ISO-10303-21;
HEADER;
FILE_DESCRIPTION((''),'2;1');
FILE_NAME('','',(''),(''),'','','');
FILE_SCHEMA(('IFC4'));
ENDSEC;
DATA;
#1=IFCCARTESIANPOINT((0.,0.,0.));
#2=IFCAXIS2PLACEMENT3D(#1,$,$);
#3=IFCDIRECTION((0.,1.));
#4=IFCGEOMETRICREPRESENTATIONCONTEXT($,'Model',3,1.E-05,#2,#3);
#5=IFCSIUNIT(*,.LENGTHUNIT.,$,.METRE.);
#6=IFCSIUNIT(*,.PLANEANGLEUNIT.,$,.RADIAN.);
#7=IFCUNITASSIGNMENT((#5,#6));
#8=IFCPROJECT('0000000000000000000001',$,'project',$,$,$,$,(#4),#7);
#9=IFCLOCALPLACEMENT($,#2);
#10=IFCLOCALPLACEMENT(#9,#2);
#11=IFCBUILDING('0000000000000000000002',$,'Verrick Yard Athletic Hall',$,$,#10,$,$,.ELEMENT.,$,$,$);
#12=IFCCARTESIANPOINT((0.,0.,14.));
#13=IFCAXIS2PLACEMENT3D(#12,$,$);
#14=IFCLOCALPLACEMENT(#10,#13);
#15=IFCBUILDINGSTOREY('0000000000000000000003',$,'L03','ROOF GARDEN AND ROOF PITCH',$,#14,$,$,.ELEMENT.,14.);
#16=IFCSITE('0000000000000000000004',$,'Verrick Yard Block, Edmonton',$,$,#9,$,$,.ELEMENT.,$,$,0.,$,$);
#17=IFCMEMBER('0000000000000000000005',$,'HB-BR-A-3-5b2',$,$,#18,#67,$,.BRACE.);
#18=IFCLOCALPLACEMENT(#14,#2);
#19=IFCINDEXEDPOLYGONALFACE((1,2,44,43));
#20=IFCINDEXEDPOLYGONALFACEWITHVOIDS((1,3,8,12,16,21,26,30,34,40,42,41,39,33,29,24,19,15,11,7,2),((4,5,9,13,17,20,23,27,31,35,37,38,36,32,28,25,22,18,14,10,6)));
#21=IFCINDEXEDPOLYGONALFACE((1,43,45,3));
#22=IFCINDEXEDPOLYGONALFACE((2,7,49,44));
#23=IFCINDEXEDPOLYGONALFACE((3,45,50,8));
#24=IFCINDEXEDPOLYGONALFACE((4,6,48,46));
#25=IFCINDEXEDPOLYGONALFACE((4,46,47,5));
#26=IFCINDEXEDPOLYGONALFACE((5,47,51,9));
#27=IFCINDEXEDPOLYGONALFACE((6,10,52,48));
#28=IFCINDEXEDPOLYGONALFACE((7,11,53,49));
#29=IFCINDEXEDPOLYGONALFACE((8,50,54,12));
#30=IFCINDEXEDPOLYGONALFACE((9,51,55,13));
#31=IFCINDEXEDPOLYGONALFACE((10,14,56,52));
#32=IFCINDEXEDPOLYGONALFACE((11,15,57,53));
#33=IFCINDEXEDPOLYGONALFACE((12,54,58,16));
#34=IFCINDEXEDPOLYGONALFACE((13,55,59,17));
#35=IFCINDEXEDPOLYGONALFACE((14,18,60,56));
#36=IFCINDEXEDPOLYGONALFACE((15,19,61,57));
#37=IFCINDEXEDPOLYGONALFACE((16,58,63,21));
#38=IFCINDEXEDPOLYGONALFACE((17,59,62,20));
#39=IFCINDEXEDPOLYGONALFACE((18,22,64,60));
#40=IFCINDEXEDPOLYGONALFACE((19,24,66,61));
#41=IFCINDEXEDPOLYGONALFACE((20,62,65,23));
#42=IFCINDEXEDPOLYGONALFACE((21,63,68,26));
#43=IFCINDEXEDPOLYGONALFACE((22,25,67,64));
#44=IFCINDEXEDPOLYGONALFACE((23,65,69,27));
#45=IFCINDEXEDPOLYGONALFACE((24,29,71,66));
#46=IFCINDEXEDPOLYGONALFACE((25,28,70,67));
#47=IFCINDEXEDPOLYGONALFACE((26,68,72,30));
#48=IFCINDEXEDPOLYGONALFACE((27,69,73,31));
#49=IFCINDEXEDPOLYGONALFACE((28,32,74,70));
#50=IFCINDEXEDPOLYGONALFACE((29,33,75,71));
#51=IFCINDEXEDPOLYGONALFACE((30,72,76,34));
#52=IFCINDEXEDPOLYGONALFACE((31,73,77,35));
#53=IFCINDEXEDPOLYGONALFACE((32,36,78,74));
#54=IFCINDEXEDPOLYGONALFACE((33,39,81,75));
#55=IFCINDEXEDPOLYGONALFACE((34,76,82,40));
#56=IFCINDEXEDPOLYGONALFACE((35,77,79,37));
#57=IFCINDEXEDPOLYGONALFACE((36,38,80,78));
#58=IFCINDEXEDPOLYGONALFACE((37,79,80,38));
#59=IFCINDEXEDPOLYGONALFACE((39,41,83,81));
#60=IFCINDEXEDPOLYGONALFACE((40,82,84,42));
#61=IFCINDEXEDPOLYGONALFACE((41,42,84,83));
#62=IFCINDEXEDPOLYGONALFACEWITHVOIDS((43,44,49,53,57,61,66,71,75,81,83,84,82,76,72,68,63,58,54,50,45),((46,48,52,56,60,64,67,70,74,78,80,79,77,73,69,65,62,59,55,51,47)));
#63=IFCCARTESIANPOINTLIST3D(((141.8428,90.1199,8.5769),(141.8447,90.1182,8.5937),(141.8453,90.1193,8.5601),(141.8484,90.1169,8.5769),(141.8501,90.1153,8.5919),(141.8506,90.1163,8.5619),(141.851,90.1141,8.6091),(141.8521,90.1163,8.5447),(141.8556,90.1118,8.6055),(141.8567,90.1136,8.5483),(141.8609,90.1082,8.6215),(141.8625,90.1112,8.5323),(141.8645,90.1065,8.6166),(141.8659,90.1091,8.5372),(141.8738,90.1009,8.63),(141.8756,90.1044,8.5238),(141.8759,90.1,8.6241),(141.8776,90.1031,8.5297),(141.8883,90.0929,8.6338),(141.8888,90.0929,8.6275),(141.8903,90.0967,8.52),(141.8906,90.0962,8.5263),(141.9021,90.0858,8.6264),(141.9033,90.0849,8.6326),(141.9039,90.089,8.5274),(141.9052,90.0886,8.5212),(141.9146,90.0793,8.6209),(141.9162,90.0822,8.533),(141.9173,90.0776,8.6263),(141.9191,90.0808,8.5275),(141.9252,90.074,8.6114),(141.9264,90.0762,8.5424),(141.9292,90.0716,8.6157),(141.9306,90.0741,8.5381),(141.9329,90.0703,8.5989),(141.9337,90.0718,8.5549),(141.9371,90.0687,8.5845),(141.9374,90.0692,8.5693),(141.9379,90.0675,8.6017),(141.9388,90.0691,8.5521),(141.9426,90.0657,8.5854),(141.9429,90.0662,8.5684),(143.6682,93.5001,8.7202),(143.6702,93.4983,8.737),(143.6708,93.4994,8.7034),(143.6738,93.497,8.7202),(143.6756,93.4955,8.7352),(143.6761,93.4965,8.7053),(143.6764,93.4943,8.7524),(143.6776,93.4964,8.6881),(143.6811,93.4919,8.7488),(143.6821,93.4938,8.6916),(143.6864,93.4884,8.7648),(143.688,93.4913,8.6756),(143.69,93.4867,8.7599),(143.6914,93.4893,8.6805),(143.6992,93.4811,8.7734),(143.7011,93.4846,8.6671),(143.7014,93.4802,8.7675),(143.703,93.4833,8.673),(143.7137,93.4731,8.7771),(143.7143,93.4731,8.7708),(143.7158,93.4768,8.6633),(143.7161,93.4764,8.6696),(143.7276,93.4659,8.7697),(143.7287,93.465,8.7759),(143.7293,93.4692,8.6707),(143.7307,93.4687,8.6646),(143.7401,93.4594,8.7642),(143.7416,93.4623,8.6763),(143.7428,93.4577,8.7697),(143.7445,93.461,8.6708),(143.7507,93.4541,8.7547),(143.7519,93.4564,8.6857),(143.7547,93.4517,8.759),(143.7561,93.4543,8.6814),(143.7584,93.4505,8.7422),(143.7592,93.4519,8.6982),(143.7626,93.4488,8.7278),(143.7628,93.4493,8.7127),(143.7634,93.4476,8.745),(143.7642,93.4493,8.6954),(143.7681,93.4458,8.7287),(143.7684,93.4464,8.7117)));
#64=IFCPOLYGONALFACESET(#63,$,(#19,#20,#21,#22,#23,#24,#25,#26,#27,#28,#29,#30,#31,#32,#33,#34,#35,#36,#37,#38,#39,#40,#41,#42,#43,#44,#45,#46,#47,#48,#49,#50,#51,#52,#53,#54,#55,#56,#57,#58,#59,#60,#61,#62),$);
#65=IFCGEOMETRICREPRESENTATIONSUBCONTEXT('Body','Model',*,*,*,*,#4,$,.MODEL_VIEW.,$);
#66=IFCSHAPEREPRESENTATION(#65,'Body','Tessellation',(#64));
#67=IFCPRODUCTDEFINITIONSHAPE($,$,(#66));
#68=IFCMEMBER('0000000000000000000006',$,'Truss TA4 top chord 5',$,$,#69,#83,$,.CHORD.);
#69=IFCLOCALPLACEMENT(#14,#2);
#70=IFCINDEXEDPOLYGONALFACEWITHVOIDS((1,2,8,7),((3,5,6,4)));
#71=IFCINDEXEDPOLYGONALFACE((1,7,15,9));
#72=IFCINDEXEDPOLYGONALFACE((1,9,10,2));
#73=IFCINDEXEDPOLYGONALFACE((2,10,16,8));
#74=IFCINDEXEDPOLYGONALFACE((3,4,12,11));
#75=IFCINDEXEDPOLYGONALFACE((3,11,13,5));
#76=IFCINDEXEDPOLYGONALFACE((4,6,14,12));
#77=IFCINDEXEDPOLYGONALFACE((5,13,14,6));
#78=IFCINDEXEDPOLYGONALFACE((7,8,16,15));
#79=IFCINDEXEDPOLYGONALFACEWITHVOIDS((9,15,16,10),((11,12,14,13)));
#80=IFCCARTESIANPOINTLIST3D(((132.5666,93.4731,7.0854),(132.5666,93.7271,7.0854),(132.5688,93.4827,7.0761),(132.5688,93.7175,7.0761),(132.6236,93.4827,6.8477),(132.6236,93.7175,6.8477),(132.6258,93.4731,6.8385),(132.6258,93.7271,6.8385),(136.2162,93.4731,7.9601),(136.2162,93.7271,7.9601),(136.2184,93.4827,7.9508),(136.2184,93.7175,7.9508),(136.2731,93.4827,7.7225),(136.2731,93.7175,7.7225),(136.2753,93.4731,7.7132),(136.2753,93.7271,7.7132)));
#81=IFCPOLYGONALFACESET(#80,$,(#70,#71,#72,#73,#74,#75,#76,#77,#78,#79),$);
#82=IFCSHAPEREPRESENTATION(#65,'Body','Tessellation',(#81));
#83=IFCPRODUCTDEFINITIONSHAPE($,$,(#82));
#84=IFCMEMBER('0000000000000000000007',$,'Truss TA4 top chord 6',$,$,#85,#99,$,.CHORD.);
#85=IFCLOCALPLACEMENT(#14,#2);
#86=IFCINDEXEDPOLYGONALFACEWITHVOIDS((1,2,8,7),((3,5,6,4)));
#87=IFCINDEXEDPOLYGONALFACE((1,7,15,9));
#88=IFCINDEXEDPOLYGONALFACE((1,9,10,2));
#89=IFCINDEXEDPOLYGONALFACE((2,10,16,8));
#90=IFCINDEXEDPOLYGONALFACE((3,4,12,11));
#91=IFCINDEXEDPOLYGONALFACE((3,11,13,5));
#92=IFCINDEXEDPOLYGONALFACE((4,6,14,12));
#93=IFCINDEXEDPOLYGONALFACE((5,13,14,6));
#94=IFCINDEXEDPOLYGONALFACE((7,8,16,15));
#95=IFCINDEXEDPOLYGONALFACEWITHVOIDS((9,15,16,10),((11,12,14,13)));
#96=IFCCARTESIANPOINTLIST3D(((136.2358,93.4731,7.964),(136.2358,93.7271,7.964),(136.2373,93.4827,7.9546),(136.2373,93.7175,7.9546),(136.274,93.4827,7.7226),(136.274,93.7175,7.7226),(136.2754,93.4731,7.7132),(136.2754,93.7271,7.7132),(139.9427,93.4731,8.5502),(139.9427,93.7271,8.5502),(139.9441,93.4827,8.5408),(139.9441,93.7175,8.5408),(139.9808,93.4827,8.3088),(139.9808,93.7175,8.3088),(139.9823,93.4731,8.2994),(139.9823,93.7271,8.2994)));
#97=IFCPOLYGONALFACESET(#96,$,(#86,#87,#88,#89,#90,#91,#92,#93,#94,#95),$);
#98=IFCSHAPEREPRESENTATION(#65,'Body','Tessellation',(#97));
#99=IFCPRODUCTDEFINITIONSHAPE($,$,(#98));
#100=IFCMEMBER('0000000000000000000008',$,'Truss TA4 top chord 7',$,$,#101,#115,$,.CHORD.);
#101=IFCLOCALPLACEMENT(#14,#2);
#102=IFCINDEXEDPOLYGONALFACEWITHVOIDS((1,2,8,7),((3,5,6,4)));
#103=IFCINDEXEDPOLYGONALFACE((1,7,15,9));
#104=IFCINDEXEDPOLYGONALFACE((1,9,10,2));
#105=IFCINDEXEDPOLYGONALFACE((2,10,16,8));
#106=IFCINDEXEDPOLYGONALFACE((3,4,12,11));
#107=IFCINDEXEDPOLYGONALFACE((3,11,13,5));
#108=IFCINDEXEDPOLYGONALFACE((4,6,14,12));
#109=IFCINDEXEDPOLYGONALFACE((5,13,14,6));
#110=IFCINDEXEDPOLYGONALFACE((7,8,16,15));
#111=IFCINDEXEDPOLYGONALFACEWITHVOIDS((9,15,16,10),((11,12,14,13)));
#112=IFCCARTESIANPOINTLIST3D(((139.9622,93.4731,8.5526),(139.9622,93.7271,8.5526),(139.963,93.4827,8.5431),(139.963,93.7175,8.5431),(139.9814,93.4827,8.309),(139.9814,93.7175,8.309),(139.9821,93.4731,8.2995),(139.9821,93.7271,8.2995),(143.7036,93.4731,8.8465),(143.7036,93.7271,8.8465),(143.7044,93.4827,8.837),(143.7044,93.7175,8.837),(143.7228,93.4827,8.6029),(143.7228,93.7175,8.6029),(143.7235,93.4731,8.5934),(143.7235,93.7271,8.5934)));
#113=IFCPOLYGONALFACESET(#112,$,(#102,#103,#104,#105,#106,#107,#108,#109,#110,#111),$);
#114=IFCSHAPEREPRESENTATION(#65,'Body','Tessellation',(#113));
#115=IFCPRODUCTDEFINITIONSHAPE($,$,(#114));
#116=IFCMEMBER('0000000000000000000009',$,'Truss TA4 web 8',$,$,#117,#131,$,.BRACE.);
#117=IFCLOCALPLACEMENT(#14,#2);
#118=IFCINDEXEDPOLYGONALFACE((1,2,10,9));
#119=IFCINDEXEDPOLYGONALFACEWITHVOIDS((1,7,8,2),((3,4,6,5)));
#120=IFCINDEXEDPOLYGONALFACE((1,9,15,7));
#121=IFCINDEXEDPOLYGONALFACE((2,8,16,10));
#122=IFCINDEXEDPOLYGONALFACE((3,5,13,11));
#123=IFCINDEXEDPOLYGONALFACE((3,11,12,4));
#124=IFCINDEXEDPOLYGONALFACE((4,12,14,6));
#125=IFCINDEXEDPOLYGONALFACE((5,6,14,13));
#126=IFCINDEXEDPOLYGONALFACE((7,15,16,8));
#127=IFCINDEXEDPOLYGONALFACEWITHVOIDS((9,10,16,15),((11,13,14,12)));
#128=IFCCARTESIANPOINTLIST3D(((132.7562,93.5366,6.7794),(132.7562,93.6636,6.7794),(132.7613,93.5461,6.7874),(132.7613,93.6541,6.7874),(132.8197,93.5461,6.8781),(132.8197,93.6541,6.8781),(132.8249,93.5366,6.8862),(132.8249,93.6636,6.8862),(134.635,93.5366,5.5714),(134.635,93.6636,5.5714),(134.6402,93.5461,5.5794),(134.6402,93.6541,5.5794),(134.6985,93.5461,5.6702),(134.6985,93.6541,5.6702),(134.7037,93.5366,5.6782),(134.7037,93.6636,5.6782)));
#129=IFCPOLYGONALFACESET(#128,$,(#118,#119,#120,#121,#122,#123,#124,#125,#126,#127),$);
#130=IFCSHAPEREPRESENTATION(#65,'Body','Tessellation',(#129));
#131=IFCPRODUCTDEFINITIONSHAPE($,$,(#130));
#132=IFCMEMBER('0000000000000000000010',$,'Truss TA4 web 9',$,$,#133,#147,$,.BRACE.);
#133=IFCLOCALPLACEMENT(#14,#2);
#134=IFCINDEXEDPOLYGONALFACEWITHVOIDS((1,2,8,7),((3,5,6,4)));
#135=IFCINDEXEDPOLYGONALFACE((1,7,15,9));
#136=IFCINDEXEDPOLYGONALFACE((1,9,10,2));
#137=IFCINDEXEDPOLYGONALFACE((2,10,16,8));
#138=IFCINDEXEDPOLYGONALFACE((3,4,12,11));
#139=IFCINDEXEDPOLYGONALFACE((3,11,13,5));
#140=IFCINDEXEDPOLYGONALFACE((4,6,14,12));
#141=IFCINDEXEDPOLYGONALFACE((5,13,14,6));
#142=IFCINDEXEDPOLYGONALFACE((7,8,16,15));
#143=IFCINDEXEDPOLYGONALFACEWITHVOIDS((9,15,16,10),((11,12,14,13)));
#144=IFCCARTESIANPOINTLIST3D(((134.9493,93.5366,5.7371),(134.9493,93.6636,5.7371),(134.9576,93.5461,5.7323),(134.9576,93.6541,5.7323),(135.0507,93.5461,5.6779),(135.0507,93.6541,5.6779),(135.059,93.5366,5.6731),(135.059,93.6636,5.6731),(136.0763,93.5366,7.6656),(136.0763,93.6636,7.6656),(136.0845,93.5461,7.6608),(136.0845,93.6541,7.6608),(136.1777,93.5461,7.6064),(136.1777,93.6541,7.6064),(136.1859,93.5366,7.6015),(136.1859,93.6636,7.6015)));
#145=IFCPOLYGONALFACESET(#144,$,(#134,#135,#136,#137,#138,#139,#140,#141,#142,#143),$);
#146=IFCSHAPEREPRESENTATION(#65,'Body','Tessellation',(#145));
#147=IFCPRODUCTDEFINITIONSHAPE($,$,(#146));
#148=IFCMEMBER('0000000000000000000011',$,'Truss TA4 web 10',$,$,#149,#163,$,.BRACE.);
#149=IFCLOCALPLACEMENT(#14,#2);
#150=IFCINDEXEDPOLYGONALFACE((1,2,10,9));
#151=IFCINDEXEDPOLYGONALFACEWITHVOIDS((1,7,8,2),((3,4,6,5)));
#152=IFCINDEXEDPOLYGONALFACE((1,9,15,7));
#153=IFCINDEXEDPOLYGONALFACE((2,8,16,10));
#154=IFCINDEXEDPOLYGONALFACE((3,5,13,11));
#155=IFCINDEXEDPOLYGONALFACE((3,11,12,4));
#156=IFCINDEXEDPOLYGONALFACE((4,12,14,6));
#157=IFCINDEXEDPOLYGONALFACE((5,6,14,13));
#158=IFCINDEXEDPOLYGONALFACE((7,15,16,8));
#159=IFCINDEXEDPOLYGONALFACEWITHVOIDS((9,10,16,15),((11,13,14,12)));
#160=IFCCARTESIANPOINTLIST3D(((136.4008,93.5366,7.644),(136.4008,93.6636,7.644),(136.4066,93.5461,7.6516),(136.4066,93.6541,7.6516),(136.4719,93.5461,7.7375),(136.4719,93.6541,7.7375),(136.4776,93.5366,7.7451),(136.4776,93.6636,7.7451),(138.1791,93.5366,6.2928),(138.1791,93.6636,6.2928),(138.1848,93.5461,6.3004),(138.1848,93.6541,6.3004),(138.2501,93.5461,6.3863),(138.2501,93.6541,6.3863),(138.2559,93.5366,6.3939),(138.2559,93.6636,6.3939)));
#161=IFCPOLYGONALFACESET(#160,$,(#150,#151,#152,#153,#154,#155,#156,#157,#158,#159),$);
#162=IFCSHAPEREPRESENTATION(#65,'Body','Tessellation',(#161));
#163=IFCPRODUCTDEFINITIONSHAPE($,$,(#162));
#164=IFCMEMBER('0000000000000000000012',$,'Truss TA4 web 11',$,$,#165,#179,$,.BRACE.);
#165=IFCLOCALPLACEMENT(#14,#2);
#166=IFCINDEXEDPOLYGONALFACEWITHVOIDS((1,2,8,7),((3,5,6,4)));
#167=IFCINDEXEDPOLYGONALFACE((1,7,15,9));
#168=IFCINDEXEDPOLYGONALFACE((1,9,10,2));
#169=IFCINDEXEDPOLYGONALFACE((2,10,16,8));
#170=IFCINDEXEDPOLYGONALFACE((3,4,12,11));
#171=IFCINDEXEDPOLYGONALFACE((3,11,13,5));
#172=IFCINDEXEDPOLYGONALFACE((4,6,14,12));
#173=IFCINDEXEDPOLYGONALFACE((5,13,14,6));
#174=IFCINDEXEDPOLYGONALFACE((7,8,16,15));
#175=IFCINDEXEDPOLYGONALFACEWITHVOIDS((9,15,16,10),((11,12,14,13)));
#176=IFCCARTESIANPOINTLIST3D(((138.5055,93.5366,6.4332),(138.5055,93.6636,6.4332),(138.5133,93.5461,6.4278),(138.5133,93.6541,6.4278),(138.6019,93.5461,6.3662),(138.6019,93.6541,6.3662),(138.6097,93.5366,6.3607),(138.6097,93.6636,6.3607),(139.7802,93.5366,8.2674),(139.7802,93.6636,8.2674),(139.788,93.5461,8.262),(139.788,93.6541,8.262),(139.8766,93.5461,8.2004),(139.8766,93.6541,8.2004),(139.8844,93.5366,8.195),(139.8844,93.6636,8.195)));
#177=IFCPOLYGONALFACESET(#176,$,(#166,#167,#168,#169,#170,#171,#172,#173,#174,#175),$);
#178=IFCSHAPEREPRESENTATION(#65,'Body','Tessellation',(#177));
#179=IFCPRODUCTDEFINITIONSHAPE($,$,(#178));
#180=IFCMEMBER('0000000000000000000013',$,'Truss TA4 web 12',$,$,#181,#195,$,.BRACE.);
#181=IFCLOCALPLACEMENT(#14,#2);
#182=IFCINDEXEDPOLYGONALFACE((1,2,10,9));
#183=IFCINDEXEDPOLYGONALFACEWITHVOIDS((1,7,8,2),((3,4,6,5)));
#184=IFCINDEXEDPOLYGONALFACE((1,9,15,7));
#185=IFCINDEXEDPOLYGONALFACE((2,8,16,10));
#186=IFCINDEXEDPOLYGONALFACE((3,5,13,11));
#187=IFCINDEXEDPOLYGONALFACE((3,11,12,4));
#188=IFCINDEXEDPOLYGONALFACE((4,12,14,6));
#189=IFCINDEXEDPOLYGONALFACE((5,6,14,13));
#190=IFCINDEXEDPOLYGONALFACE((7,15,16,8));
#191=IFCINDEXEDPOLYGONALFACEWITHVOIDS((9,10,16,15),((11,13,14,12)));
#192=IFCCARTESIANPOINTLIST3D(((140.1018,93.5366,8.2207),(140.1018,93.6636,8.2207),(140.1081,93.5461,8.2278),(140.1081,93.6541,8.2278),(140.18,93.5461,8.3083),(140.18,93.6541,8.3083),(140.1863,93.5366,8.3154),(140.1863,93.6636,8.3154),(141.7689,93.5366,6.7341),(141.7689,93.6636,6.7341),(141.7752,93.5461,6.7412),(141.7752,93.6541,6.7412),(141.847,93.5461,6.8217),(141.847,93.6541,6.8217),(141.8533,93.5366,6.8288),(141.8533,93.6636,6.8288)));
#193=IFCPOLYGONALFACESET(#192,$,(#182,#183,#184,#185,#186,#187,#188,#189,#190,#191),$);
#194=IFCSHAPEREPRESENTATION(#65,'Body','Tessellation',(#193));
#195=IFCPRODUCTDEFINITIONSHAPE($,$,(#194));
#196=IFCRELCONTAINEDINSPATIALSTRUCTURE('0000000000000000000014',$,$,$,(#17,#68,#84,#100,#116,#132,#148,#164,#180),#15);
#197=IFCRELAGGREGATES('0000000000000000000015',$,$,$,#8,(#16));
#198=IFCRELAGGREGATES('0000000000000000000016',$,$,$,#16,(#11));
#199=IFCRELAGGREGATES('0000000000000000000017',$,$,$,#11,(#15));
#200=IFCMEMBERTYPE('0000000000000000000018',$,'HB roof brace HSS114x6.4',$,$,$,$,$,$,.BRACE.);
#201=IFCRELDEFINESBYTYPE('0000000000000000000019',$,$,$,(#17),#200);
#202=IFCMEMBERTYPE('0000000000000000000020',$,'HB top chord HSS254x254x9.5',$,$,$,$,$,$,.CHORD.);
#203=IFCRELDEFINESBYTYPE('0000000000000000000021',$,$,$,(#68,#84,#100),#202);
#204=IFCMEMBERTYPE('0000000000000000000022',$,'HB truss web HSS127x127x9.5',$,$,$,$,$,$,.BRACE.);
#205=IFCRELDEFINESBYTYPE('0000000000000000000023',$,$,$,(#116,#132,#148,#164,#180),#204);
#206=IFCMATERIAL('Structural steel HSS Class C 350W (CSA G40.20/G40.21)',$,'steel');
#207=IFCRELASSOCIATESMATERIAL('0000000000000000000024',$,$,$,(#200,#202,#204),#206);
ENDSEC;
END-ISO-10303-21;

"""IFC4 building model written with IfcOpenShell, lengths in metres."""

from ifc_helpers import new_model, si_unit, direction, frame, origin, origin_2d, place, context, subcontext, project, spatial, hollow_rectangle, hollow_circle, extrude, material, material_profile, profile_set, type_object, element, save


model = new_model("IFC4")

# Units and contexts
model_context = context("Model", 3, precision=1e-05, world=origin(), true_north=direction((0.0, 1.0)))
body_context = subcontext(model_context, "Body", "Model", "MODEL_VIEW")
ifc_project = project(units=[si_unit("LENGTHUNIT", "METRE"), si_unit("PLANEANGLEUNIT", "RADIAN")], contexts=[model_context])

# Site, building, storey
site_placement = place(None, origin())
site = spatial("IfcSite", under=ifc_project, at=site_placement, Name="Verrick Yard Block, Edmonton", CompositionType="ELEMENT", RefElevation=0.0)
building_placement = place(site_placement, origin())
building = spatial("IfcBuilding", under=site, at=building_placement, Name="Verrick Yard Athletic Hall", CompositionType="ELEMENT")
storey_placement = place(building_placement, frame((0.0, 0.0, 14.0)))
storey = spatial("IfcBuildingStorey", under=building, at=storey_placement, Name="L03", Description="ROOF GARDEN AND ROOF PITCH", CompositionType="ELEMENT", Elevation=14.0)

# Members
ifc_material_1 = material(Name="Structural steel HSS Class C 350W (CSA G40.20/G40.21)", Category="steel")
ifc_material_profile_1 = material_profile(ifc_material_1, hollow_circle(Radius=0.0571, WallThickness=0.0063, at=origin_2d()), Name="HSS114x6.4")
ifc_profile_set_1 = profile_set([ifc_material_profile_1], Name="Structural steel HSS Class C 350W (CSA G40.20/G40.21)")
member_type_1 = type_object("IfcMemberType", Name="HB roof brace HSS114x6.4", PredefinedType="BRACE", material=ifc_profile_set_1)
for number, where, z_axis, x_axis, name in (
    (1, (141.8931, 90.0928, 8.5769), (0.474853, 0.879275, 0.037279), (-0.879887, 0.475183, 0.0), "HB-BR-A-3-5b2"),
):
    element("IfcMember", number, at=place(storey_placement, frame(where, z_axis=z_axis, x_axis=x_axis)), inside=storey, type_object=member_type_1, Name=name, PredefinedType="BRACE", context=body_context, shape_type="SweptSolid", body=[
        extrude(hollow_circle(Radius=0.0571, WallThickness=0.0063, at=origin_2d()), origin(), (0.0, 0.0, 1.0), 3.8442),
    ])
ifc_material_profile_2 = material_profile(ifc_material_1, hollow_rectangle(XDim=0.2539, YDim=0.2539, WallThickness=0.0095, at=origin_2d()), Name="HSS254x254x9.5")
ifc_profile_set_2 = profile_set([ifc_material_profile_2], Name="Structural steel HSS Class C 350W (CSA G40.20/G40.21)")
member_type_2 = type_object("IfcMemberType", Name="HB top chord HSS254x254x9.5", PredefinedType="CHORD", material=ifc_profile_set_2)
for number, where, z_axis, x_axis, name in (
    (2, (132.5962, 93.6001, 6.9619), (0.972458, 0.0, 0.23308), (0.0, 1.0, 0.0), "Truss TA4 top chord 5"),
    (3, (136.2556, 93.6001, 7.8386), (0.987726, 0.0, 0.156196), (0.0, 1.0, 0.0), "Truss TA4 top chord 6"),
    (4, (139.9722, 93.6001, 8.426), (0.996928, 0.0, 0.078323), (0.0, 1.0, 0.0), "Truss TA4 top chord 7"),
):
    element("IfcMember", number, at=place(storey_placement, frame(where, z_axis=z_axis, x_axis=x_axis)), inside=storey, type_object=member_type_2, Name=name, PredefinedType="CHORD", context=body_context, shape_type="SweptSolid", body=[
        extrude(hollow_rectangle(XDim=0.2539, YDim=0.2539, WallThickness=0.0095, at=origin_2d()), origin(), (0.0, 0.0, 1.0), 3.7529),
    ])
ifc_material_profile_3 = material_profile(ifc_material_1, hollow_rectangle(XDim=0.127, YDim=0.127, WallThickness=0.0095, at=origin_2d()), Name="HSS127x127x9.5")
ifc_profile_set_3 = profile_set([ifc_material_profile_3], Name="Structural steel HSS Class C 350W (CSA G40.20/G40.21)")
member_type_3 = type_object("IfcMemberType", Name="HB truss web HSS127x127x9.5", PredefinedType="BRACE", material=ifc_profile_set_3)
for number, where, z_axis, x_axis, name in (
    (5, (132.7905, 93.6001, 6.8328), (0.84115, 0.0, -0.540802), (0.0, 1.0, 0.0), "Truss TA4 web 8"),
    (6, (135.0042, 93.6001, 5.7051), (0.504544, 0.0, 0.863386), (0.0, 1.0, 0.0), "Truss TA4 web 9"),
):
    element("IfcMember", number, at=place(storey_placement, frame(where, z_axis=z_axis, x_axis=x_axis)), inside=storey, type_object=member_type_3, Name=name, PredefinedType="BRACE", context=body_context, shape_type="SweptSolid", body=[
        extrude(hollow_rectangle(XDim=0.127, YDim=0.127, WallThickness=0.0095, at=origin_2d()), origin(), (0.0, 0.0, 1.0), 2.2336),
    ])
member_1_placement = place(storey_placement, frame((136.4392, 93.6001, 7.6946), z_axis=(0.796206, 0.0, -0.605025), x_axis=(0.0, 1.0, 0.0)))
element("IfcMember", 7, at=member_1_placement, inside=storey, type_object=member_type_3, Name="Truss TA4 web 10", PredefinedType="BRACE", context=body_context, shape_type="SweptSolid", body=[
    extrude(hollow_rectangle(XDim=0.127, YDim=0.127, WallThickness=0.0095, at=origin_2d()), origin(), (0.0, 0.0, 1.0), 2.2334),
])
for number, where, z_axis, x_axis, name in (
    (8, (138.5576, 93.6001, 6.397), (0.570664, 0.0, 0.821184), (0.0, 1.0, 0.0), "Truss TA4 web 11"),
    (9, (140.144, 93.6001, 8.2681), (0.746341, 0.0, -0.665564), (0.0, 1.0, 0.0), "Truss TA4 web 12"),
):
    element("IfcMember", number, at=place(storey_placement, frame(where, z_axis=z_axis, x_axis=x_axis)), inside=storey, type_object=member_type_3, Name=name, PredefinedType="BRACE", context=body_context, shape_type="SweptSolid", body=[
        extrude(hollow_rectangle(XDim=0.127, YDim=0.127, WallThickness=0.0095, at=origin_2d()), origin(), (0.0, 0.0, 1.0), 2.2336),
    ])

save(model, "model.ifc")
